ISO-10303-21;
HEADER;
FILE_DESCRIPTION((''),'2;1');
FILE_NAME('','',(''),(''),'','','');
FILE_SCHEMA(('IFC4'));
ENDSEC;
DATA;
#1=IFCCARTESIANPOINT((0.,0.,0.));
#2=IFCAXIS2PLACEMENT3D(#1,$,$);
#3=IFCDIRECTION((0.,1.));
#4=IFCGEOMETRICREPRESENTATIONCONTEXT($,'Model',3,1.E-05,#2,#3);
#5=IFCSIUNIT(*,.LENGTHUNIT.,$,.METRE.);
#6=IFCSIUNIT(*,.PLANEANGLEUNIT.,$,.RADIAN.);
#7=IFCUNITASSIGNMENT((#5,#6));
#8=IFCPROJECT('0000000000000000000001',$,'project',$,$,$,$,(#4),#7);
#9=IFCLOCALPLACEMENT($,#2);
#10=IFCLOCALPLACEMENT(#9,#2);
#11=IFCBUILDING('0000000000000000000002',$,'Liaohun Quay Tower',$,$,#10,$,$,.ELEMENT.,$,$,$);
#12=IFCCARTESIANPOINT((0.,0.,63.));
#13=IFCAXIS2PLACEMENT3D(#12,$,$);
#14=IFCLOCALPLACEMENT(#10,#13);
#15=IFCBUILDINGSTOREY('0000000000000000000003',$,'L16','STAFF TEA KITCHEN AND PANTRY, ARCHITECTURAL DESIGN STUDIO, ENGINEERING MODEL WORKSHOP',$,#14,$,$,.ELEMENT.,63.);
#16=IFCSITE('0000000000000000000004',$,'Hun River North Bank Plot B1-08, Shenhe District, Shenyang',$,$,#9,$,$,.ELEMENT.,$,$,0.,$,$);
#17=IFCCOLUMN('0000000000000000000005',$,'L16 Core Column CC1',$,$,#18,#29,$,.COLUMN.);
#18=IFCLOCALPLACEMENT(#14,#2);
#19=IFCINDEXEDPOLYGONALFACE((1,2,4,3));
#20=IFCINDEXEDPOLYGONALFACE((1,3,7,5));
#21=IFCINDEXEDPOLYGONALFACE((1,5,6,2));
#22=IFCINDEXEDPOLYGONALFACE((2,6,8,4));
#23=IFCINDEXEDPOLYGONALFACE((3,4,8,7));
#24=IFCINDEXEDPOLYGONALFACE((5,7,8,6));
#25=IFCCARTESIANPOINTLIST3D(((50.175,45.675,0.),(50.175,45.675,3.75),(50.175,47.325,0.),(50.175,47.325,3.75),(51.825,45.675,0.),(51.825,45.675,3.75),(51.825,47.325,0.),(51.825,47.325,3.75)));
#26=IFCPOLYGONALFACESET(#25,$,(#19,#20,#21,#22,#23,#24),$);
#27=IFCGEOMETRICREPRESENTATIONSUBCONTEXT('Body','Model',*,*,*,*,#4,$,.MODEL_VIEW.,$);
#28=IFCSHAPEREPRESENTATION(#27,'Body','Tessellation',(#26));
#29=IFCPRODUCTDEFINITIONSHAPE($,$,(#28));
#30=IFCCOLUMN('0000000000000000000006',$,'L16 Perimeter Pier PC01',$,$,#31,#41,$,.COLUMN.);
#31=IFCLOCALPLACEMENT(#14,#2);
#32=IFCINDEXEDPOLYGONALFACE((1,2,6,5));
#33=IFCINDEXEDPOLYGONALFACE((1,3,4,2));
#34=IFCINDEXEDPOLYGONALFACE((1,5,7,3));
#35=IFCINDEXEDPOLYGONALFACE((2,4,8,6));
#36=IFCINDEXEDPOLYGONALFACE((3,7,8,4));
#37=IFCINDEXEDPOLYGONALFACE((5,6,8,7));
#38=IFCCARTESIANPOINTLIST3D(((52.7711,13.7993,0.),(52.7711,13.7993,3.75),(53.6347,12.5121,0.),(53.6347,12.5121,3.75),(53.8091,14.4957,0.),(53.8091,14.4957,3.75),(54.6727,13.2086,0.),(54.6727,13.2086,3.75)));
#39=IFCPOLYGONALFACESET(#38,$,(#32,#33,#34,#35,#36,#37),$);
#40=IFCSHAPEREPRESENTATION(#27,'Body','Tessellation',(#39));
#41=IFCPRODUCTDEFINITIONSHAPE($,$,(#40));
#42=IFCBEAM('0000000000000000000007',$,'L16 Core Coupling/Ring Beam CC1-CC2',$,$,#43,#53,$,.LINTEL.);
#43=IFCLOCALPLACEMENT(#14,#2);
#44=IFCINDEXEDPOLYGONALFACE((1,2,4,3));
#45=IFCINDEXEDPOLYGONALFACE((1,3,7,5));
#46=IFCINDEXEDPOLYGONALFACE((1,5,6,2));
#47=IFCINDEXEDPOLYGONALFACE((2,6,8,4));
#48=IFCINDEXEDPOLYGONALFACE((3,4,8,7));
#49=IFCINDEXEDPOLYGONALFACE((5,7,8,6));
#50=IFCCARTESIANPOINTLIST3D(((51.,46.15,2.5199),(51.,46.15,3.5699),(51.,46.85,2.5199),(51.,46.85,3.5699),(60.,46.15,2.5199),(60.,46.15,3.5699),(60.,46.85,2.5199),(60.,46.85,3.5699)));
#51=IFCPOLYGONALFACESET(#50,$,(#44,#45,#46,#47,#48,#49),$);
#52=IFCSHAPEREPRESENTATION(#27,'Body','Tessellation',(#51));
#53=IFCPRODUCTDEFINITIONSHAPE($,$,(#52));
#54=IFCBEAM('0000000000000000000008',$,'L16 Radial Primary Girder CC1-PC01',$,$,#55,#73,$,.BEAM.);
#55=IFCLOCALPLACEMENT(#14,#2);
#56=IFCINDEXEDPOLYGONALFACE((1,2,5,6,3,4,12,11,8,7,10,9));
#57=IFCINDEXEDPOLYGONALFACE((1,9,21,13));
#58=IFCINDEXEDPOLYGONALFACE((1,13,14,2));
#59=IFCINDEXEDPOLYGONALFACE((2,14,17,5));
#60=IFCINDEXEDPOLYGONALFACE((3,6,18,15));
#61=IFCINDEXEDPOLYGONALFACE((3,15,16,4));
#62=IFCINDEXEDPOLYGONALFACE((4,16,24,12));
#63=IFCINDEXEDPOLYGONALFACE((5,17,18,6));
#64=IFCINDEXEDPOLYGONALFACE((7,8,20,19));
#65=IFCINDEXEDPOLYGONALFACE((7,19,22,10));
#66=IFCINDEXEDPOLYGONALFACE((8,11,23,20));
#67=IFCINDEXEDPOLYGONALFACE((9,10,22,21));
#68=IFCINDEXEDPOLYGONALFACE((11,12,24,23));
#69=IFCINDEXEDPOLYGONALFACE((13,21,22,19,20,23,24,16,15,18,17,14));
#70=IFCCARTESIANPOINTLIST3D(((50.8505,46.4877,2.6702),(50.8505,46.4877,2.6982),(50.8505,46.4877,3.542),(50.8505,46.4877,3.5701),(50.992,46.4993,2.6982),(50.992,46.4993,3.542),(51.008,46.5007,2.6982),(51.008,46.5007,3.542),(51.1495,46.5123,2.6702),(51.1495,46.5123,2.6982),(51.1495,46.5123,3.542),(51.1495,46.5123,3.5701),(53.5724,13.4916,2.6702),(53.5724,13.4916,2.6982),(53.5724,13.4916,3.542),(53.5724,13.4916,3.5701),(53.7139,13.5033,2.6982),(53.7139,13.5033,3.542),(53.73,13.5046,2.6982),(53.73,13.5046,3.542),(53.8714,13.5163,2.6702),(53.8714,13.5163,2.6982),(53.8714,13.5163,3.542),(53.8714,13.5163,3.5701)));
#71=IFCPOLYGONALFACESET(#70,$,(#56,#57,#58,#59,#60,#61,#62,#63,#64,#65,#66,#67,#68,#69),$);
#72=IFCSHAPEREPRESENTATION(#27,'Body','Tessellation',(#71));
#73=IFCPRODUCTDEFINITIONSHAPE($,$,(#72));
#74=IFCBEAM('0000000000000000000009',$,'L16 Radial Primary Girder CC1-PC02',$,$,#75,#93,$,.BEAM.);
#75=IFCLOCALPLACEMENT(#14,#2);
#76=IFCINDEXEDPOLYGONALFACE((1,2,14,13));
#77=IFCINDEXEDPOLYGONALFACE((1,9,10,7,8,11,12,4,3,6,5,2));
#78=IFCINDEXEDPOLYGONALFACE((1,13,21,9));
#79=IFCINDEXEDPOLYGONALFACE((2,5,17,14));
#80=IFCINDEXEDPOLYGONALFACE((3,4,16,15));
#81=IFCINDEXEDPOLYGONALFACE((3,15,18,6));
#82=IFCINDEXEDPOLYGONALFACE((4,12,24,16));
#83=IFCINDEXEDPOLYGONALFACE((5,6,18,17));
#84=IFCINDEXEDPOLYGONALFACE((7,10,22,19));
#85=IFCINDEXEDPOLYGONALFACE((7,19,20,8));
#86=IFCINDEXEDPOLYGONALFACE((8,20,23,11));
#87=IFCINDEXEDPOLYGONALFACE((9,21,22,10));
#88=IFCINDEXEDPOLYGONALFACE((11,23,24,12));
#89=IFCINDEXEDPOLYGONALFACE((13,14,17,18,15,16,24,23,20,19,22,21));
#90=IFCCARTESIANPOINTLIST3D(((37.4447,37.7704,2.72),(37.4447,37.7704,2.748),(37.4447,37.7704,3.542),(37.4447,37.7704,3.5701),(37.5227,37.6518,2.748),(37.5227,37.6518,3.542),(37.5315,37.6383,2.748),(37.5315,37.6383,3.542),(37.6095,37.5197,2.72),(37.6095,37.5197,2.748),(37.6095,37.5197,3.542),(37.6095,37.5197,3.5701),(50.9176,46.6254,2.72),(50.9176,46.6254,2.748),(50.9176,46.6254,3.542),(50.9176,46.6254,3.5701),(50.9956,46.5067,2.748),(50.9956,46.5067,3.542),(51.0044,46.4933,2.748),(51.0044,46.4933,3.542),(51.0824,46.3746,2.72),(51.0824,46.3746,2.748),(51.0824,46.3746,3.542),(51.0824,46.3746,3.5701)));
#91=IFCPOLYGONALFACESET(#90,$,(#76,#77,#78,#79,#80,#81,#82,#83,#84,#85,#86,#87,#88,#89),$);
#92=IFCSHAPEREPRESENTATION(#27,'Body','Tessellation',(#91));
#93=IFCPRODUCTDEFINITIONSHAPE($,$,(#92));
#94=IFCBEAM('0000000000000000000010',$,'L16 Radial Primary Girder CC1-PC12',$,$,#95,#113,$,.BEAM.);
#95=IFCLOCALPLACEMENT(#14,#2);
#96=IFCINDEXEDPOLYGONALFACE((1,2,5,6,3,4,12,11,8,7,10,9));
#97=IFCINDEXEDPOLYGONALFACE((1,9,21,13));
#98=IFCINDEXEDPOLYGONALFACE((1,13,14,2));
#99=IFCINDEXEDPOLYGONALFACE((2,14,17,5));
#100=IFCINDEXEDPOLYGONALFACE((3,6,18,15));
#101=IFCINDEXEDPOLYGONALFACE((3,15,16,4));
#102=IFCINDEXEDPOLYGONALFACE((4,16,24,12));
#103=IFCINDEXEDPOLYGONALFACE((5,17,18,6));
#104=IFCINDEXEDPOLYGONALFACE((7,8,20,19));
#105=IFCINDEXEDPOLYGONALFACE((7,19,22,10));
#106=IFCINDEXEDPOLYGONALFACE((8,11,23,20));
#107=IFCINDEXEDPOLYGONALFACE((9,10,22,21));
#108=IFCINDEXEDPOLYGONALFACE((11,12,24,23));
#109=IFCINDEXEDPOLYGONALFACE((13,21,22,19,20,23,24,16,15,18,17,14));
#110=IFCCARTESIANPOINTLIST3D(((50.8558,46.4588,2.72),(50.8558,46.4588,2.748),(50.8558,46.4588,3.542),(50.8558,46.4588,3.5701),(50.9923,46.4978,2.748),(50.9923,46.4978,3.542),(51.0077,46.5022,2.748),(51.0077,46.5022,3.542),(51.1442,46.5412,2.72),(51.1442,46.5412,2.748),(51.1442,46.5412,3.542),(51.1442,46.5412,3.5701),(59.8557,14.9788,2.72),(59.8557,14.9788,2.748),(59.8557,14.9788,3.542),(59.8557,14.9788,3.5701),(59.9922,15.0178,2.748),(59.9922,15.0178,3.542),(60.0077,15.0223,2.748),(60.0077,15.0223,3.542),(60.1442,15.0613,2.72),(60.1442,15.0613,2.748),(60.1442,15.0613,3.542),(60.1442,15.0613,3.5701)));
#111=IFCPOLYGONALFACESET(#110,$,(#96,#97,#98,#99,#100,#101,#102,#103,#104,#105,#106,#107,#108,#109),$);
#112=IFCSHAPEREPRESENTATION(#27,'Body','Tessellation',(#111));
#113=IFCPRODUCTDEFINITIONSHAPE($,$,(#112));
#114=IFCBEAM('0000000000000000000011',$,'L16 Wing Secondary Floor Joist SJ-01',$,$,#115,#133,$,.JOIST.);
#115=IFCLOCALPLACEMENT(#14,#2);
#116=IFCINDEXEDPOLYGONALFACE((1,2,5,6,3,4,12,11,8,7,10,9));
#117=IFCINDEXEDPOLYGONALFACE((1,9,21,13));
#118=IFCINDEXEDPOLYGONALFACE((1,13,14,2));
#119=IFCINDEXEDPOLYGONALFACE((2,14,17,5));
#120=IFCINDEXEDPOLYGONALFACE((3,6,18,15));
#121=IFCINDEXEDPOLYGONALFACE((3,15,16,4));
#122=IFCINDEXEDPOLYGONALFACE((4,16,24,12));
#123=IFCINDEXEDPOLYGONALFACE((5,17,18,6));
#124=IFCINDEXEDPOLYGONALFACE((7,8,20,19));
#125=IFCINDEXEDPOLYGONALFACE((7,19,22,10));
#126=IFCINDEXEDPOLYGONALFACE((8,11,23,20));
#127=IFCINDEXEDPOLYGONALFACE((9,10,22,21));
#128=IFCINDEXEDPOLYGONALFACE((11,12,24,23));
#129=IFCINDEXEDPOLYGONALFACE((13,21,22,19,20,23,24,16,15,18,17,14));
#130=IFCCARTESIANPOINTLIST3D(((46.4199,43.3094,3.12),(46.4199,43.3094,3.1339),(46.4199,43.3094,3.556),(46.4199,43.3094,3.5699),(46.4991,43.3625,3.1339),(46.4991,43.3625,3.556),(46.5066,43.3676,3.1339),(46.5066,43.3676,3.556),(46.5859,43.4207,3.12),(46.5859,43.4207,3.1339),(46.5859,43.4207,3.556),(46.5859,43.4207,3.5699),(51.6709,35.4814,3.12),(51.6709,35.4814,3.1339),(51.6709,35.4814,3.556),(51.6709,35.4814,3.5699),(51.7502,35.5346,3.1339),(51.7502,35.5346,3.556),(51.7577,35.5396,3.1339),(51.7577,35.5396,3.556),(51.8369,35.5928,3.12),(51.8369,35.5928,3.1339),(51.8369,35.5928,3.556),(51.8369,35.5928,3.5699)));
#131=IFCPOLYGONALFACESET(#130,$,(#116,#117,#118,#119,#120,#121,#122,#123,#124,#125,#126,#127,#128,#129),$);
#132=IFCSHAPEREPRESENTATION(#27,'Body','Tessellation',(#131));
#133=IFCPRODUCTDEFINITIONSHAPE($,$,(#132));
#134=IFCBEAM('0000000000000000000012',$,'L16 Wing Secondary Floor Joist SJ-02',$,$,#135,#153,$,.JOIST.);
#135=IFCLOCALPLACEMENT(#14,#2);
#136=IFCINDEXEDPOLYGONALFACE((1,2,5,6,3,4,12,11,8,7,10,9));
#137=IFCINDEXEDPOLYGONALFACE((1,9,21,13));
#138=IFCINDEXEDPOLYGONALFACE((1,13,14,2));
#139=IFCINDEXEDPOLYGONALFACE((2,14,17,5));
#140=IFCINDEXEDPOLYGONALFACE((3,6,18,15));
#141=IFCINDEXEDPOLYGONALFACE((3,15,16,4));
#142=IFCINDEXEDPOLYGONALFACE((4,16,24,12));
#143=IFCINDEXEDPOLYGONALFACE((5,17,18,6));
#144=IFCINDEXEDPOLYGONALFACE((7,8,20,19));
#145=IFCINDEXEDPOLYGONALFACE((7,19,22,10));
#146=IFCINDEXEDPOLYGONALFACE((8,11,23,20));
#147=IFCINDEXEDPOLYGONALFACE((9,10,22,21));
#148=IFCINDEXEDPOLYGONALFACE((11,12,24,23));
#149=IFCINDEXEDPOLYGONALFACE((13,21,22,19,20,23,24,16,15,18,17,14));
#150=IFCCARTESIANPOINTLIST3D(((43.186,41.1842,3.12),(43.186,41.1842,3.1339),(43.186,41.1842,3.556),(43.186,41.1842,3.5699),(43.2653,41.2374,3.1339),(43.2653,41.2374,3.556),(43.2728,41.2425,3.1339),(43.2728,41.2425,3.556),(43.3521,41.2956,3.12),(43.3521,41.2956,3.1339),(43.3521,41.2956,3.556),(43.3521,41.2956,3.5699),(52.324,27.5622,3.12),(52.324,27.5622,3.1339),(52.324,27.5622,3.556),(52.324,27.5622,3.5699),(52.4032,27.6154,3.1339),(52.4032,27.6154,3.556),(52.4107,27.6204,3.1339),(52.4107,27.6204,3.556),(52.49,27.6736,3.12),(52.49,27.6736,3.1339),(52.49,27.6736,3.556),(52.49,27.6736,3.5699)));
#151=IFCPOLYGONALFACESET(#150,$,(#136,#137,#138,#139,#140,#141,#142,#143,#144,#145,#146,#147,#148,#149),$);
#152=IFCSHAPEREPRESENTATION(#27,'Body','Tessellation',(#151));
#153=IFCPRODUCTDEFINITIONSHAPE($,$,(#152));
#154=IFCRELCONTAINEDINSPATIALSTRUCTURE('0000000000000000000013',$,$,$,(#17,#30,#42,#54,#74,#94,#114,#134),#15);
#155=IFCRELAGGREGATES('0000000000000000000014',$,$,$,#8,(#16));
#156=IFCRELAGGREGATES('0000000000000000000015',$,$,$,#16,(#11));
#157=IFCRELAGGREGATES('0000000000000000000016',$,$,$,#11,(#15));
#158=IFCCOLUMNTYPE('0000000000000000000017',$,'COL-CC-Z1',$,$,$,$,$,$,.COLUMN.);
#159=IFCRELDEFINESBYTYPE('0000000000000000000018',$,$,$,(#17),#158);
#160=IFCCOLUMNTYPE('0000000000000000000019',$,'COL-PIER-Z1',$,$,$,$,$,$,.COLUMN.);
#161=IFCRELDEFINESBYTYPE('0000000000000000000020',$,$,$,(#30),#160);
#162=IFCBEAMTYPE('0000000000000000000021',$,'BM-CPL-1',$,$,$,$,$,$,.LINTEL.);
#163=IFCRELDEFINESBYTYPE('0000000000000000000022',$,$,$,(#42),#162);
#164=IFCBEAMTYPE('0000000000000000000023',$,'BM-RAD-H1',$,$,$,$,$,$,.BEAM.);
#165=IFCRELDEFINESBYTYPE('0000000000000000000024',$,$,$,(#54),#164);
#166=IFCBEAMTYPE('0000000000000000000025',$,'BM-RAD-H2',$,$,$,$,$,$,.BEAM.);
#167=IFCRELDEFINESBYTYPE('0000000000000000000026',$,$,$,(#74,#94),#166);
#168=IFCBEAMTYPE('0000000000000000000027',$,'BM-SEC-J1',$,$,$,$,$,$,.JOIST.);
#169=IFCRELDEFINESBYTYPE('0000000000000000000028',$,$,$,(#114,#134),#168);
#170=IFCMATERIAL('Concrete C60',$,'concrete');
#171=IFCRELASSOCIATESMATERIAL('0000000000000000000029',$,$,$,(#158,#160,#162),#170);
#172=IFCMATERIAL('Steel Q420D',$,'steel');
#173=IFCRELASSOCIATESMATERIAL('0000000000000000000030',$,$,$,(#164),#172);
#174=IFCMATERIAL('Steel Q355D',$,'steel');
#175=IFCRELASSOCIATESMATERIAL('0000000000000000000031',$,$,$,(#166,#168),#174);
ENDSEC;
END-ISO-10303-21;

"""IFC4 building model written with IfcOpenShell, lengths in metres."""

from ifc_helpers import new_model, si_unit, direction, frame, origin, origin_2d, place, context, subcontext, project, spatial, rectangle, i_section, extrude, source, transform, mapped, material, material_profile, profile_set, type_object, element, save


model = new_model("IFC4")

# Units and contexts
model_context = context("Model", 3, precision=1e-05, world=origin(), true_north=direction((0.0, 1.0)))
body_context = subcontext(model_context, "Body", "Model", "MODEL_VIEW")
ifc_project = project(units=[si_unit("LENGTHUNIT", "METRE"), si_unit("PLANEANGLEUNIT", "RADIAN")], contexts=[model_context])

# Site, building, storey
site_placement = place(None, origin())
site = spatial("IfcSite", under=ifc_project, at=site_placement, Name="Hun River North Bank Plot B1-08, Shenhe District, Shenyang", CompositionType="ELEMENT", RefElevation=0.0)
building_placement = place(site_placement, origin())
building = spatial("IfcBuilding", under=site, at=building_placement, Name="Liaohun Quay Tower", CompositionType="ELEMENT")
storey_placement = place(building_placement, frame((0.0, 0.0, 63.0)))
storey = spatial("IfcBuildingStorey", under=building, at=storey_placement, Name="L16", Description="STAFF TEA KITCHEN AND PANTRY, ARCHITECTURAL DESIGN STUDIO, ENGINEERING MODEL WORKSHOP", CompositionType="ELEMENT", Elevation=63.0)

# Columns
ifc_material_1 = material(Name="Concrete C60", Category="concrete")
ifc_material_profile_1 = material_profile(ifc_material_1, rectangle(XDim=1.6499, YDim=1.6499, at=origin_2d()), Name="RC1650x1650")
ifc_profile_set_1 = profile_set([ifc_material_profile_1], Name="Concrete C60")
column_type_1 = type_object("IfcColumnType", Name="COL-CC-Z1", PredefinedType="COLUMN", material=ifc_profile_set_1)
shared_shape_1 = source(origin(), body_context, "Body", "SweptSolid", [
    extrude(rectangle(XDim=1.6499, YDim=1.6499, at=origin_2d()), origin(), (0.0, 0.0, 1.0), 3.75),
])
column_1_placement = place(storey_placement, frame((51.0, 46.5, 0.0), z_axis=(0.0, 0.0, 1.0), x_axis=(1.0, 0.0, 0.0)))
element("IfcColumn", 1, at=column_1_placement, inside=storey, type_object=column_type_1, Name="L16 Core Column CC1", PredefinedType="COLUMN", context=body_context, shape_type="MappedRepresentation", body=[
    mapped(shared_shape_1, transform((0.0, 0.0, 0.0), x_axis=(1.0, 0.0, 0.0), y_axis=(0.0, 1.0, 0.0), z_axis=(0.0, 0.0, 1.0), scale=1.0)),
])
ifc_material_profile_2 = material_profile(ifc_material_1, rectangle(XDim=1.55, YDim=1.25, at=origin_2d()), Name="RC1550x1250")
ifc_profile_set_2 = profile_set([ifc_material_profile_2], Name="Concrete C60")
column_type_2 = type_object("IfcColumnType", Name="COL-PIER-Z1", PredefinedType="COLUMN", material=ifc_profile_set_2)
shared_shape_2 = source(origin(), body_context, "Body", "SweptSolid", [
    extrude(rectangle(XDim=1.55, YDim=1.25, at=origin_2d()), origin(), (0.0, 0.0, 1.0), 3.75),
])
column_2_placement = place(storey_placement, frame((53.7219, 13.5039, 0.0), z_axis=(0.0, 0.0, 1.0), x_axis=(-0.557166, 0.830401, 0.0)))
element("IfcColumn", 2, at=column_2_placement, inside=storey, type_object=column_type_2, Name="L16 Perimeter Pier PC01", PredefinedType="COLUMN", context=body_context, shape_type="MappedRepresentation", body=[
    mapped(shared_shape_2, transform((0.0, 0.0, 0.0), x_axis=(1.0, 0.0, 0.0), y_axis=(0.0, 1.0, 0.0), z_axis=(0.0, 0.0, 1.0), scale=1.0)),
])

# Beams
ifc_material_profile_3 = material_profile(ifc_material_1, rectangle(XDim=0.7, YDim=1.05, at=origin_2d()), Name="RC700x1050")
ifc_profile_set_3 = profile_set([ifc_material_profile_3], Name="Concrete C60")
beam_type_1 = type_object("IfcBeamType", Name="BM-CPL-1", PredefinedType="LINTEL", material=ifc_profile_set_3)
shared_shape_3 = source(origin(), body_context, "Body", "SweptSolid", [
    extrude(rectangle(XDim=0.7, YDim=1.05, at=origin_2d()), origin(), (0.0, 0.0, 1.0), 9.0),
])
beam_1_placement = place(storey_placement, frame((51.0, 46.5, 3.0449), z_axis=(1.0, 0.0, 0.0), x_axis=(0.0, 1.0, 0.0)))
element("IfcBeam", 3, at=beam_1_placement, inside=storey, type_object=beam_type_1, Name="L16 Core Coupling/Ring Beam CC1-CC2", PredefinedType="LINTEL", context=body_context, shape_type="MappedRepresentation", body=[
    mapped(shared_shape_3, transform((0.0, 0.0, 0.0), x_axis=(1.0, 0.0, 0.0), y_axis=(0.0, 1.0, 0.0), z_axis=(0.0, 0.0, 1.0), scale=1.0)),
])
ifc_material_2 = material(Name="Steel Q420D", Category="steel")
ifc_material_profile_4 = material_profile(ifc_material_2, i_section(OverallWidth=0.3, OverallDepth=0.8999, WebThickness=0.0161, FlangeThickness=0.0281, at=origin_2d()), Name="HN900x300x16x28")
ifc_profile_set_4 = profile_set([ifc_material_profile_4], Name="Steel Q420D")
beam_type_2 = type_object("IfcBeamType", Name="BM-RAD-H1", PredefinedType="BEAM", material=ifc_profile_set_4)
shared_shape_4 = source(origin(), body_context, "Body", "SweptSolid", [
    extrude(i_section(OverallWidth=0.3, OverallDepth=0.8999, WebThickness=0.0161, FlangeThickness=0.0281, at=origin_2d()), origin(), (0.0, 0.0, 1.0), 33.1082),
])
beam_2_placement = place(storey_placement, frame((51.0, 46.5, 3.1201), z_axis=(0.082213, -0.996615, 0.0), x_axis=(0.996615, 0.082213, 0.0)))
element("IfcBeam", 4, at=beam_2_placement, inside=storey, type_object=beam_type_2, Name="L16 Radial Primary Girder CC1-PC01", PredefinedType="BEAM", context=body_context, shape_type="MappedRepresentation", body=[
    mapped(shared_shape_4, transform((0.0, 0.0, 0.0), x_axis=(1.0, 0.0, 0.0), y_axis=(0.0, 1.0, 0.0), z_axis=(0.0, 0.0, 1.0), scale=1.0)),
])
ifc_material_3 = material(Name="Steel Q355D", Category="steel")
ifc_material_profile_5 = material_profile(ifc_material_3, i_section(OverallWidth=0.3, OverallDepth=0.8501, WebThickness=0.0161, FlangeThickness=0.0281, at=origin_2d()), Name="HN850x300x16x28")
ifc_profile_set_5 = profile_set([ifc_material_profile_5], Name="Steel Q355D")
beam_type_3 = type_object("IfcBeamType", Name="BM-RAD-H2", PredefinedType="BEAM", material=ifc_profile_set_5)
shared_shape_5 = source(origin(), body_context, "Body", "SweptSolid", [
    extrude(i_section(OverallWidth=0.3, OverallDepth=0.8501, WebThickness=0.0161, FlangeThickness=0.0281, at=origin_2d()), origin(), (0.0, 0.0, 1.0), 16.1223),
])
beam_3_placement = place(storey_placement, frame((51.0, 46.5, 3.145), z_axis=(-0.835667, -0.549237, 0.0), x_axis=(0.549237, -0.835667, 0.0)))
element("IfcBeam", 5, at=beam_3_placement, inside=storey, type_object=beam_type_3, Name="L16 Radial Primary Girder CC1-PC02", PredefinedType="BEAM", context=body_context, shape_type="MappedRepresentation", body=[
    mapped(shared_shape_5, transform((0.0, 0.0, 0.0), x_axis=(1.0, 0.0, 0.0), y_axis=(0.0, 1.0, 0.0), z_axis=(0.0, 0.0, 1.0), scale=1.0)),
])
shared_shape_6 = source(origin(), body_context, "Body", "SweptSolid", [
    extrude(i_section(OverallWidth=0.3, OverallDepth=0.8501, WebThickness=0.0161, FlangeThickness=0.0281, at=origin_2d()), origin(), (0.0, 0.0, 1.0), 32.7412),
])
beam_4_placement = place(storey_placement, frame((51.0, 46.5, 3.145), z_axis=(0.274883, -0.961478, 0.0), x_axis=(0.961478, 0.274883, 0.0)))
element("IfcBeam", 6, at=beam_4_placement, inside=storey, type_object=beam_type_3, Name="L16 Radial Primary Girder CC1-PC12", PredefinedType="BEAM", context=body_context, shape_type="MappedRepresentation", body=[
    mapped(shared_shape_6, transform((0.0, 0.0, 0.0), x_axis=(1.0, 0.0, 0.0), y_axis=(0.0, 1.0, 0.0), z_axis=(0.0, 0.0, 1.0), scale=1.0)),
])
ifc_material_profile_6 = material_profile(ifc_material_3, i_section(OverallWidth=0.2, OverallDepth=0.45, WebThickness=0.009, FlangeThickness=0.0139, at=origin_2d()), Name="HN450x200x9x14")
ifc_profile_set_6 = profile_set([ifc_material_profile_6], Name="Steel Q355D")
beam_type_4 = type_object("IfcBeamType", Name="BM-SEC-J1", PredefinedType="JOIST", material=ifc_profile_set_6)
shared_shape_7 = source(origin(), body_context, "Body", "SweptSolid", [
    extrude(i_section(OverallWidth=0.2, OverallDepth=0.45, WebThickness=0.009, FlangeThickness=0.0139, at=origin_2d()), origin(), (0.0, 0.0, 1.0), 9.426),
])
beam_5_placement = place(storey_placement, frame((51.7539, 35.5371, 3.345), z_axis=(-0.557077, 0.830461, 0.0), x_axis=(-0.830461, -0.557077, 0.0)))
element("IfcBeam", 7, at=beam_5_placement, inside=storey, type_object=beam_type_4, Name="L16 Wing Secondary Floor Joist SJ-01", PredefinedType="JOIST", context=body_context, shape_type="MappedRepresentation", body=[
    mapped(shared_shape_7, transform((0.0, 0.0, 0.0), x_axis=(1.0, 0.0, 0.0), y_axis=(0.0, 1.0, 0.0), z_axis=(0.0, 0.0, 1.0), scale=1.0)),
])
shared_shape_8 = source(origin(), body_context, "Body", "SweptSolid", [
    extrude(i_section(OverallWidth=0.2, OverallDepth=0.45, WebThickness=0.009, FlangeThickness=0.0139, at=origin_2d()), origin(), (0.0, 0.0, 1.0), 16.4031),
])
beam_6_placement = place(storey_placement, frame((52.407, 27.6179, 3.345), z_axis=(-0.557085, 0.830455, 0.0), x_axis=(-0.830455, -0.557085, 0.0)))
element("IfcBeam", 8, at=beam_6_placement, inside=storey, type_object=beam_type_4, Name="L16 Wing Secondary Floor Joist SJ-02", PredefinedType="JOIST", context=body_context, shape_type="MappedRepresentation", body=[
    mapped(shared_shape_8, transform((0.0, 0.0, 0.0), x_axis=(1.0, 0.0, 0.0), y_axis=(0.0, 1.0, 0.0), z_axis=(0.0, 0.0, 1.0), scale=1.0)),
])

save(model, "model.ifc")
